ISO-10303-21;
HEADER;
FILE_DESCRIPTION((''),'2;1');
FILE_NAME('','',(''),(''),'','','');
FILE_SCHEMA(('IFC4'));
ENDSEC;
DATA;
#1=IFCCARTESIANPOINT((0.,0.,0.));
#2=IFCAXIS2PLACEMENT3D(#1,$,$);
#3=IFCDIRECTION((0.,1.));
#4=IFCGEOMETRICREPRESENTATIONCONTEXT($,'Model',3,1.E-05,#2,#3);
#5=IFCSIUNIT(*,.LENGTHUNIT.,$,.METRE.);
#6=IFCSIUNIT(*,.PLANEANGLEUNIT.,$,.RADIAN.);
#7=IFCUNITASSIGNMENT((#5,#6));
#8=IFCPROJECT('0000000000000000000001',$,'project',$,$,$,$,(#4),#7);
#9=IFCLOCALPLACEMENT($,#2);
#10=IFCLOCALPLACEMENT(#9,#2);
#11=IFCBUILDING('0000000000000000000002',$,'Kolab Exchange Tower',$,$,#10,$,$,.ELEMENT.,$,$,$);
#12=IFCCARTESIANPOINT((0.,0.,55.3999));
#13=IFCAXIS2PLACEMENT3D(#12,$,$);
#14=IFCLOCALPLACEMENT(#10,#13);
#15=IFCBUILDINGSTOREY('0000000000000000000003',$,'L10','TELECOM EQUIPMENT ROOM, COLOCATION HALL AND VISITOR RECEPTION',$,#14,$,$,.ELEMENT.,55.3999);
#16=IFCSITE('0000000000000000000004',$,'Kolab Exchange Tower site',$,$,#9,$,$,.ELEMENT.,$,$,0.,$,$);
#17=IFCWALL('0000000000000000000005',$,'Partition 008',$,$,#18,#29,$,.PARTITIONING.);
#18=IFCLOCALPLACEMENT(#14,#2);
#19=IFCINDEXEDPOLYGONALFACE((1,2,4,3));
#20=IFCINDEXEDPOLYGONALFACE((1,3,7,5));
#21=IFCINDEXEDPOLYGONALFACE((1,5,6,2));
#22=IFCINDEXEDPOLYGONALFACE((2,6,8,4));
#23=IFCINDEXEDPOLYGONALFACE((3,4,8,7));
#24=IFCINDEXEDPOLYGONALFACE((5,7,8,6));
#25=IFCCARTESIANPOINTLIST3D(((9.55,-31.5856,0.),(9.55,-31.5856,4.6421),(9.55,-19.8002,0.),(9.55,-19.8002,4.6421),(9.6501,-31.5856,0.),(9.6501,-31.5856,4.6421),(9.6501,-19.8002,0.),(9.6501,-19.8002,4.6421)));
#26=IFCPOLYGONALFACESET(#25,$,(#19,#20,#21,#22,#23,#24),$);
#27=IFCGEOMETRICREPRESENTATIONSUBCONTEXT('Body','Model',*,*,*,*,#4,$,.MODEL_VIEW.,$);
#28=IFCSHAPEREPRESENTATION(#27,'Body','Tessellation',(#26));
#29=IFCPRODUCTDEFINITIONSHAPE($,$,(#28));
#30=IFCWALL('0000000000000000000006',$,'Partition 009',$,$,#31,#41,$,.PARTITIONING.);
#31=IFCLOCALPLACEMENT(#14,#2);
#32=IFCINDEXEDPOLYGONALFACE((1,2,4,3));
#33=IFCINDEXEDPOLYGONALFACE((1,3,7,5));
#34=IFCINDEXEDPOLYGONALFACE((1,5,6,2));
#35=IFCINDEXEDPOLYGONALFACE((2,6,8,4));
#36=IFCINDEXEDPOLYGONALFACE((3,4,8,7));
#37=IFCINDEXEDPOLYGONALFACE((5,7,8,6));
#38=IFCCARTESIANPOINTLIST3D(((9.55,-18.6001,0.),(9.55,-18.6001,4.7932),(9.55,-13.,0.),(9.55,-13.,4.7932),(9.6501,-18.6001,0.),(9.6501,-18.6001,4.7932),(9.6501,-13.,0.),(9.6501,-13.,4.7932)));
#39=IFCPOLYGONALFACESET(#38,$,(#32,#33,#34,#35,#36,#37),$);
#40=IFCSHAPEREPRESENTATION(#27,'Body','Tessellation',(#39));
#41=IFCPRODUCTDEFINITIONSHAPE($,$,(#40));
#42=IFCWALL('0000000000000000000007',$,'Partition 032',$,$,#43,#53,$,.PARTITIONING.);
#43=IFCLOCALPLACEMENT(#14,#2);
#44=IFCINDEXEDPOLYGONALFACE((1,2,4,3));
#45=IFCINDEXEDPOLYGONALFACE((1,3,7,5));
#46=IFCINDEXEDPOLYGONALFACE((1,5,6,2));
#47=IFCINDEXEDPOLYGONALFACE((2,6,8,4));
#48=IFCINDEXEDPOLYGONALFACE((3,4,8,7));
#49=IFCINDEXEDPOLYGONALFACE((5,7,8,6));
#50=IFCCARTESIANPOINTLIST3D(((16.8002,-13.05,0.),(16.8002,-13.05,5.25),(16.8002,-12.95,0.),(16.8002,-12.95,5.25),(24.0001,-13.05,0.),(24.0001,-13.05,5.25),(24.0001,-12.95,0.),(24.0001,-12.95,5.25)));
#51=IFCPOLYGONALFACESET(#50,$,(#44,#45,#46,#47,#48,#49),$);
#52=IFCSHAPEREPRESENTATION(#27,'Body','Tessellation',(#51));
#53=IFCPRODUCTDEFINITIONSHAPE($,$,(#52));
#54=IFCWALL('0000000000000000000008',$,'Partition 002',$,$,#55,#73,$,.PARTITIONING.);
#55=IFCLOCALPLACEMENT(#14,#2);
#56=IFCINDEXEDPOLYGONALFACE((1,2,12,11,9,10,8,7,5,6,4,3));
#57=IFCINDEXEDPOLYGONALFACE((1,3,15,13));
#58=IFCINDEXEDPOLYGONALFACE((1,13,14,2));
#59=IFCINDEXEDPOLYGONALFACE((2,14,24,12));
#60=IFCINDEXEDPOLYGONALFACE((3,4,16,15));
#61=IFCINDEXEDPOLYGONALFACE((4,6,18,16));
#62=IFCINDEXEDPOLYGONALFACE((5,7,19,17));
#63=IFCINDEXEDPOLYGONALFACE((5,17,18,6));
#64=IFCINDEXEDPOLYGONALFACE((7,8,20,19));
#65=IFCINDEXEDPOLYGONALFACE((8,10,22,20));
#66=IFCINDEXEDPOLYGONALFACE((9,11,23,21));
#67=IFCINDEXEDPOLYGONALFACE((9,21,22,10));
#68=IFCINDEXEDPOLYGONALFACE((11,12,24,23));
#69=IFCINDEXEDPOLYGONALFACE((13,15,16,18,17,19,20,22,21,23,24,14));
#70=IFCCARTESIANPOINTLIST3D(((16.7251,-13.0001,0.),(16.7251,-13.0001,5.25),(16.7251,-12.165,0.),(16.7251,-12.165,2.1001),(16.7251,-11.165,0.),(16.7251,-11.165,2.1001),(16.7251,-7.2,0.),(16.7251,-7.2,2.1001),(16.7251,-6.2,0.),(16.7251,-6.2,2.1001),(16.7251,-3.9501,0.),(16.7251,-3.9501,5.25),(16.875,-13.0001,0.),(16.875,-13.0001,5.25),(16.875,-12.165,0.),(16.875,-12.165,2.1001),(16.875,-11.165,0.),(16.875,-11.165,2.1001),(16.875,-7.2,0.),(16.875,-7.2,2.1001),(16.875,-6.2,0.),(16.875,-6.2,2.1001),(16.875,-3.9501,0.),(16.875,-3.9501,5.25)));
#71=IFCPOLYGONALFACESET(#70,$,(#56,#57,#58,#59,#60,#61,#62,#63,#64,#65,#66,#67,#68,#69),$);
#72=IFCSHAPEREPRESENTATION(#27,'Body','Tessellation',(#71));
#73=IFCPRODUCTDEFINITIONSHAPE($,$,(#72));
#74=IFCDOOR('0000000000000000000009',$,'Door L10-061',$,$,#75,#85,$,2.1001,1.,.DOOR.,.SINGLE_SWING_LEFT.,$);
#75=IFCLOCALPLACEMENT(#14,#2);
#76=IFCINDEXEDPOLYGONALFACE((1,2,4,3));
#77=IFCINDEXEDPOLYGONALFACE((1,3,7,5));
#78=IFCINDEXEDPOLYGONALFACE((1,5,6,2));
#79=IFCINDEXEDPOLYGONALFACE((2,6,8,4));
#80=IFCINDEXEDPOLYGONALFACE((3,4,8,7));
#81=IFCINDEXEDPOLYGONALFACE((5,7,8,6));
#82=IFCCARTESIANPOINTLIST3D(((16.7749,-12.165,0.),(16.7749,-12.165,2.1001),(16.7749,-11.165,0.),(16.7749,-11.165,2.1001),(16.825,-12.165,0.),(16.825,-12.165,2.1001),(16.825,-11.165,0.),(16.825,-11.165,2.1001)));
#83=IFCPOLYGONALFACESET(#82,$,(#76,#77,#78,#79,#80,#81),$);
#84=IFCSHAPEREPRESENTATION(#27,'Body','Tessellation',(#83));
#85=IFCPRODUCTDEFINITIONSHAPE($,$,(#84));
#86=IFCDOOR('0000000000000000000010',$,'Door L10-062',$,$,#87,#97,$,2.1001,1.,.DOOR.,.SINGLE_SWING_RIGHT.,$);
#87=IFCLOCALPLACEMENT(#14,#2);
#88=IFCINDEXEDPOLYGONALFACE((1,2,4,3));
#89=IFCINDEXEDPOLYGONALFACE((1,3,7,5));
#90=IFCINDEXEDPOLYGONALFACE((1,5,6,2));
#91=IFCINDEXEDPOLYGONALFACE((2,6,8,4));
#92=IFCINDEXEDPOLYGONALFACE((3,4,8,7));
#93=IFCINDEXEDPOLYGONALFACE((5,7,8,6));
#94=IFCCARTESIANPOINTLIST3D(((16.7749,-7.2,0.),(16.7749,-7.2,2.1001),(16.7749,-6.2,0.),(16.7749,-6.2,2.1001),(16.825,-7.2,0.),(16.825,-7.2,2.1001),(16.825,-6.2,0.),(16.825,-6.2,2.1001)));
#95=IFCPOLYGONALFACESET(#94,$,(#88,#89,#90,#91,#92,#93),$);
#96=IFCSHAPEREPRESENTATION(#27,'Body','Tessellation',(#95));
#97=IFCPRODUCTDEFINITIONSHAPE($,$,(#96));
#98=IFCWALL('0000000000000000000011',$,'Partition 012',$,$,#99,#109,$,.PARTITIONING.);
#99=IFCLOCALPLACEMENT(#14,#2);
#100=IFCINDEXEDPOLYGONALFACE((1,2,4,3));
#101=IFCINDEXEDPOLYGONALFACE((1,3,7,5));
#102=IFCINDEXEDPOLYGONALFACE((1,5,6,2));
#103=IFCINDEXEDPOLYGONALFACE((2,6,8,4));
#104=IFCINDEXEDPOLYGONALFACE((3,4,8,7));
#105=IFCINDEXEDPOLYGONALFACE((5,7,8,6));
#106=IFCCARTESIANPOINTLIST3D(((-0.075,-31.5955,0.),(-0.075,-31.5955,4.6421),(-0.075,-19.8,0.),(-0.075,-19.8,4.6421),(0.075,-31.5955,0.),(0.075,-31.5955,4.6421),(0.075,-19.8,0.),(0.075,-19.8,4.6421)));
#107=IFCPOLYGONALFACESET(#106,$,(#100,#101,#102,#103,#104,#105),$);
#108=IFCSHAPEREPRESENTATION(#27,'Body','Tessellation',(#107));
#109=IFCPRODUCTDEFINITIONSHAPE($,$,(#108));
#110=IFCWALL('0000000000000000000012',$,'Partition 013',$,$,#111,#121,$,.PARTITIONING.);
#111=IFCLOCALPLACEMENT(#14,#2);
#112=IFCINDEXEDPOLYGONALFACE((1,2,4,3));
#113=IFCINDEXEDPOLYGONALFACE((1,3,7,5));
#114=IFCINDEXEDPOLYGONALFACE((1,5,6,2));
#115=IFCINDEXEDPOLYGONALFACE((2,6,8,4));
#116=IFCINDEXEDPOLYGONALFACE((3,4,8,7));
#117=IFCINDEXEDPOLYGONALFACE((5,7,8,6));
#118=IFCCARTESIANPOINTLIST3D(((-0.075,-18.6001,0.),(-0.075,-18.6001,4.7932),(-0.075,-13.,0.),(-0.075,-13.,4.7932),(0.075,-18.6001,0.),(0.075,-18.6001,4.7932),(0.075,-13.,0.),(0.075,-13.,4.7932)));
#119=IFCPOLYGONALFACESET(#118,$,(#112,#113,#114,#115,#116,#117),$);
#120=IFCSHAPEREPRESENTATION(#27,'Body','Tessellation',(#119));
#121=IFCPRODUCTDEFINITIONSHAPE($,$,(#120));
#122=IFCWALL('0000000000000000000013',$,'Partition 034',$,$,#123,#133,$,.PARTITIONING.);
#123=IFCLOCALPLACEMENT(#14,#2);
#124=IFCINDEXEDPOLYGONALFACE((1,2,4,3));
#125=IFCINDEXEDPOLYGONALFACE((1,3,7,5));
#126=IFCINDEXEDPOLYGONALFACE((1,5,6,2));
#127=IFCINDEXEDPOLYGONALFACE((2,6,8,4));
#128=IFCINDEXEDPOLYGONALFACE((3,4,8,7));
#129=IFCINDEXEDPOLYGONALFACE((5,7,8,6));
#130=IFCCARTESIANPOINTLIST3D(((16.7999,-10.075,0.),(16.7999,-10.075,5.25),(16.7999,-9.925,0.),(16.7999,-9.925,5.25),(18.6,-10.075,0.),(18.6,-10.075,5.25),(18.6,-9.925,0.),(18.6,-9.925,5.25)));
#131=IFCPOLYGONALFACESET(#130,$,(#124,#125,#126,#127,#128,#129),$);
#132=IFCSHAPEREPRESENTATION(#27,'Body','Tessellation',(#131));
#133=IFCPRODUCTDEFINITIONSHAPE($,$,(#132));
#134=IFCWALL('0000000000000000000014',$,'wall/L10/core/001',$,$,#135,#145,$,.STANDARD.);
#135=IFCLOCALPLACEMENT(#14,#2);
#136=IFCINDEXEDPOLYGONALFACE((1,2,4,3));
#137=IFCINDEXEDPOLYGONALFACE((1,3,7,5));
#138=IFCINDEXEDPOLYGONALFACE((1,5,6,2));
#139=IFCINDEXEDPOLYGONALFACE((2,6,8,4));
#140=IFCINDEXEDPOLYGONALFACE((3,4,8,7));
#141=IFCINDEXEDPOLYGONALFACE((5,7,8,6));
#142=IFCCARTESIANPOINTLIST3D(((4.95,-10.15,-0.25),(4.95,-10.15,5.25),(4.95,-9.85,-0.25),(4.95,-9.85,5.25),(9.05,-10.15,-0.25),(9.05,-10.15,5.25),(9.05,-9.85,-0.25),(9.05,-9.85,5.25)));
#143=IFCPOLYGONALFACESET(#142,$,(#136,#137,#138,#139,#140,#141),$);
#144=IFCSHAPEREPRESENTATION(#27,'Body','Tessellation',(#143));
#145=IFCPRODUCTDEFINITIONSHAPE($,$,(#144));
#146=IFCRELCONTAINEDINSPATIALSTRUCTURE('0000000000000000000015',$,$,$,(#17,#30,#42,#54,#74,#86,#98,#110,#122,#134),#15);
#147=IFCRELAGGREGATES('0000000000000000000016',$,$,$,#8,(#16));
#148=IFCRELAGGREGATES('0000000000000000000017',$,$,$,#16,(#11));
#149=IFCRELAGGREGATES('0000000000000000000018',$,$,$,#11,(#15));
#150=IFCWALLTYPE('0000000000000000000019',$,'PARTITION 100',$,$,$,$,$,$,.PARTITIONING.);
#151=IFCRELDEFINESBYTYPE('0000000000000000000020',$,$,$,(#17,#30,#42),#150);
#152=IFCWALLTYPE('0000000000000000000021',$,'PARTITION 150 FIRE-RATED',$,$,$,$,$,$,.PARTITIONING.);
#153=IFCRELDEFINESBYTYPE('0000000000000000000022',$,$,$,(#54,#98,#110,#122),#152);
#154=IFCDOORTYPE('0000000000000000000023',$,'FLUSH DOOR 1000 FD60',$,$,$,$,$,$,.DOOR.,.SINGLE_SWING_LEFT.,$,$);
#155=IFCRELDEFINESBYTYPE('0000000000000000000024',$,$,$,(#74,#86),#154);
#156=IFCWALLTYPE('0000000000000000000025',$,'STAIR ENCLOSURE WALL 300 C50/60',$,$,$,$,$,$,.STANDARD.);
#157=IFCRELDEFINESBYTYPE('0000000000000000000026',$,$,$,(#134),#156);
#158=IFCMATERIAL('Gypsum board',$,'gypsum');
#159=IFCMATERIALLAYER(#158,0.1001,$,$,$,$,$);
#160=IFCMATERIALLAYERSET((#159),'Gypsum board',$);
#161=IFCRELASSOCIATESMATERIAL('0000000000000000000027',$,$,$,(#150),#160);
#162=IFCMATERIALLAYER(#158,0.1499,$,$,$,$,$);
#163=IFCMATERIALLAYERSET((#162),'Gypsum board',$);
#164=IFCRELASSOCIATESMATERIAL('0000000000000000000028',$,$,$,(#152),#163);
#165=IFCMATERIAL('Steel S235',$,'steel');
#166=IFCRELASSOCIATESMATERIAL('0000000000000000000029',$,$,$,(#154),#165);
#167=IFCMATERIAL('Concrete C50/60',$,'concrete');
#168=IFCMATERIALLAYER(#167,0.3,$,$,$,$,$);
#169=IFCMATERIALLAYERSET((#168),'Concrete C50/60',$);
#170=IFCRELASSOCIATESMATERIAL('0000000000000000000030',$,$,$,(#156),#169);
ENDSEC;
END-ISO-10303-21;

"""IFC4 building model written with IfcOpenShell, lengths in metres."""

from ifc_helpers import new_model, si_unit, direction, frame, frame_2d, origin, place, context, subcontext, project, spatial, rectangle, extrude, material, layer, layer_set, type_object, element, fill, save


model = new_model("IFC4")

# Units and contexts
model_context = context("Model", 3, precision=1e-05, world=origin(), true_north=direction((0.0, 1.0)))
body_context = subcontext(model_context, "Body", "Model", "MODEL_VIEW")
ifc_project = project(units=[si_unit("LENGTHUNIT", "METRE"), si_unit("PLANEANGLEUNIT", "RADIAN")], contexts=[model_context])

# Site, building, storey
site_placement = place(None, origin())
site = spatial("IfcSite", under=ifc_project, at=site_placement, Name="Kolab Exchange Tower site", CompositionType="ELEMENT", RefElevation=0.0)
building_placement = place(site_placement, origin())
building = spatial("IfcBuilding", under=site, at=building_placement, Name="Kolab Exchange Tower", CompositionType="ELEMENT")
storey_placement = place(building_placement, frame((0.0, 0.0, 55.3999)))
storey = spatial("IfcBuildingStorey", under=building, at=storey_placement, Name="L10", Description="TELECOM EQUIPMENT ROOM, COLOCATION HALL AND VISITOR RECEPTION", CompositionType="ELEMENT", Elevation=55.3999)

# Shared definitions
ifc_material_1 = material(Name="Steel S235", Category="steel")

# Walls
ifc_material_2 = material(Name="Gypsum board", Category="gypsum")
ifc_layer_1 = layer(ifc_material_2, 0.1001)
ifc_layer_set_1 = layer_set([ifc_layer_1], Name="Gypsum board")
wall_type_1 = type_object("IfcWallType", Name="PARTITION 100", PredefinedType="PARTITIONING", material=ifc_layer_set_1)
wall_1_placement = place(storey_placement, frame((9.6001, -31.5854, 0.0), z_axis=(0.0, 0.0, 1.0), x_axis=(0.0, 1.0, 0.0)))
element("IfcWall", 1, at=wall_1_placement, inside=storey, type_object=wall_type_1, Name="Partition 008", PredefinedType="PARTITIONING", context=body_context, shape_type="SweptSolid", body=[
    extrude(rectangle(XDim=11.7854, YDim=0.1001, at=frame_2d((5.8926, 0.0))), origin(), (0.0, 0.0, 1.0), 4.6421),
])
wall_2_placement = place(storey_placement, frame((9.6001, -18.6001, 0.0), z_axis=(0.0, 0.0, 1.0), x_axis=(0.0, 1.0, 0.0)))
element("IfcWall", 2, at=wall_2_placement, inside=storey, type_object=wall_type_1, Name="Partition 009", PredefinedType="PARTITIONING", context=body_context, shape_type="SweptSolid", body=[
    extrude(rectangle(XDim=5.6001, YDim=0.1001, at=frame_2d((2.8, 0.0))), origin(), (0.0, 0.0, 1.0), 4.7932),
])
wall_3_placement = place(storey_placement, frame((16.8, -13.0, 0.0), z_axis=(0.0, 0.0, 1.0), x_axis=(1.0, 0.0, 0.0)))
element("IfcWall", 3, at=wall_3_placement, inside=storey, type_object=wall_type_1, Name="Partition 032", PredefinedType="PARTITIONING", context=body_context, shape_type="SweptSolid", body=[
    extrude(rectangle(XDim=7.2, YDim=0.1001, at=frame_2d((3.6001, 0.0))), origin(), (0.0, 0.0, 1.0), 5.25),
])

# Wall, openings, doors
ifc_layer_2 = layer(ifc_material_2, 0.1499)
ifc_layer_set_2 = layer_set([ifc_layer_2], Name="Gypsum board")
wall_type_2 = type_object("IfcWallType", Name="PARTITION 150 FIRE-RATED", PredefinedType="PARTITIONING", material=ifc_layer_set_2)
wall_4_placement = place(storey_placement, frame((16.8, -13.0, 0.0), z_axis=(0.0, 0.0, 1.0), x_axis=(0.0, 1.0, 0.0)))
wall_4 = element("IfcWall", 4, at=wall_4_placement, inside=storey, type_object=wall_type_2, Name="Partition 002", PredefinedType="PARTITIONING", context=body_context, shape_type="SweptSolid", body=[
    extrude(rectangle(XDim=9.05, YDim=0.1499, at=frame_2d((4.5249, 0.0))), origin(), (0.0, 0.0, 1.0), 5.25),
])
opening_1_placement = place(wall_4_placement, frame((0.835, 0.0, 0.0)))
opening_1 = element("IfcOpeningElement", 5, at=opening_1_placement, cuts=wall_4, PredefinedType="OPENING", context=body_context, shape_type="SweptSolid", body=[
    extrude(rectangle(XDim=1.0, YDim=2.1001, at=frame_2d((0.5, 1.05))), frame((0.0, 0.085, 0.0), z_axis=(0.0, -1.0, 0.0), x_axis=(1.0, 0.0, 0.0)), (0.0, 0.0, 1.0), 0.1699),
])
opening_2_placement = place(wall_4_placement, frame((5.8, 0.0, 0.0)))
opening_2 = element("IfcOpeningElement", 6, at=opening_2_placement, cuts=wall_4, PredefinedType="OPENING", context=body_context, shape_type="SweptSolid", body=[
    extrude(rectangle(XDim=1.0, YDim=2.1001, at=frame_2d((0.5, 1.05))), frame((0.0, 0.085, 0.0), z_axis=(0.0, -1.0, 0.0), x_axis=(1.0, 0.0, 0.0)), (0.0, 0.0, 1.0), 0.1699),
])
door_type_1 = type_object("IfcDoorType", Name="FLUSH DOOR 1000 FD60", OperationType="SINGLE_SWING_LEFT", PredefinedType="DOOR", material=ifc_material_1)
door_1_placement = place(opening_1_placement, frame((1.0, 0.0, 0.0), z_axis=(0.0, 0.0, 1.0), x_axis=(-1.0, 0.0, 0.0)))
door_1 = element("IfcDoor", 7, at=door_1_placement, inside=storey, type_object=door_type_1, Name="Door L10-061", OperationType="SINGLE_SWING_LEFT", OverallHeight=2.1001, OverallWidth=1.0, PredefinedType="DOOR", context=body_context, shape_type="SweptSolid", body=[
    extrude(rectangle(XDim=1.0, YDim=2.1001, at=frame_2d((0.5, 1.05))), frame((0.0, 0.0249, 0.0), z_axis=(0.0, -1.0, 0.0), x_axis=(1.0, 0.0, 0.0)), (0.0, 0.0, 1.0), 0.05),
])
fill(opening_1, door_1)
door_2_placement = place(opening_2_placement, frame((1.0, 0.0, 0.0), z_axis=(0.0, 0.0, 1.0), x_axis=(-1.0, 0.0, 0.0)))
door_2 = element("IfcDoor", 8, at=door_2_placement, inside=storey, type_object=door_type_1, Name="Door L10-062", OperationType="SINGLE_SWING_RIGHT", OverallHeight=2.1001, OverallWidth=1.0, PredefinedType="DOOR", context=body_context, shape_type="SweptSolid", body=[
    extrude(rectangle(XDim=1.0, YDim=2.1001, at=frame_2d((0.5, 1.05))), frame((0.0, 0.0249, 0.0), z_axis=(0.0, -1.0, 0.0), x_axis=(1.0, 0.0, 0.0)), (0.0, 0.0, 1.0), 0.05),
])
fill(opening_2, door_2)

# Walls
wall_5_placement = place(storey_placement, frame((0.0, -31.5955, 0.0), z_axis=(0.0, 0.0, 1.0), x_axis=(0.0, 1.0, 0.0)))
element("IfcWall", 9, at=wall_5_placement, inside=storey, type_object=wall_type_2, Name="Partition 012", PredefinedType="PARTITIONING", context=body_context, shape_type="SweptSolid", body=[
    extrude(rectangle(XDim=11.7954, YDim=0.1499, at=frame_2d((5.8977, 0.0))), origin(), (0.0, 0.0, 1.0), 4.6421),
])
wall_6_placement = place(storey_placement, frame((0.0, -18.6001, 0.0), z_axis=(0.0, 0.0, 1.0), x_axis=(0.0, 1.0, 0.0)))
element("IfcWall", 10, at=wall_6_placement, inside=storey, type_object=wall_type_2, Name="Partition 013", PredefinedType="PARTITIONING", context=body_context, shape_type="SweptSolid", body=[
    extrude(rectangle(XDim=5.6001, YDim=0.1499, at=frame_2d((2.8, 0.0))), origin(), (0.0, 0.0, 1.0), 4.7932),
])
wall_7_placement = place(storey_placement, frame((16.8, -10.0, 0.0), z_axis=(0.0, 0.0, 1.0), x_axis=(1.0, 0.0, 0.0)))
element("IfcWall", 11, at=wall_7_placement, inside=storey, type_object=wall_type_2, Name="Partition 034", PredefinedType="PARTITIONING", context=body_context, shape_type="SweptSolid", body=[
    extrude(rectangle(XDim=1.8, YDim=0.1499, at=frame_2d((0.8999, 0.0))), origin(), (0.0, 0.0, 1.0), 5.25),
])
ifc_material_3 = material(Name="Concrete C50/60", Category="concrete")
ifc_layer_3 = layer(ifc_material_3, 0.3)
ifc_layer_set_3 = layer_set([ifc_layer_3], Name="Concrete C50/60")
wall_type_3 = type_object("IfcWallType", Name="STAIR ENCLOSURE WALL 300 C50/60", PredefinedType="STANDARD", material=ifc_layer_set_3)
wall_8_placement = place(storey_placement, frame((4.95, -10.0, -0.25), z_axis=(0.0, 0.0, 1.0), x_axis=(1.0, 0.0, 0.0)))
element("IfcWall", 12, at=wall_8_placement, inside=storey, type_object=wall_type_3, Name="wall/L10/core/001", PredefinedType="STANDARD", context=body_context, shape_type="SweptSolid", body=[
    extrude(rectangle(XDim=4.1001, YDim=0.3, at=frame_2d((2.05, 0.0))), origin(), (0.0, 0.0, 1.0), 5.5),
])

save(model, "model.ifc")
